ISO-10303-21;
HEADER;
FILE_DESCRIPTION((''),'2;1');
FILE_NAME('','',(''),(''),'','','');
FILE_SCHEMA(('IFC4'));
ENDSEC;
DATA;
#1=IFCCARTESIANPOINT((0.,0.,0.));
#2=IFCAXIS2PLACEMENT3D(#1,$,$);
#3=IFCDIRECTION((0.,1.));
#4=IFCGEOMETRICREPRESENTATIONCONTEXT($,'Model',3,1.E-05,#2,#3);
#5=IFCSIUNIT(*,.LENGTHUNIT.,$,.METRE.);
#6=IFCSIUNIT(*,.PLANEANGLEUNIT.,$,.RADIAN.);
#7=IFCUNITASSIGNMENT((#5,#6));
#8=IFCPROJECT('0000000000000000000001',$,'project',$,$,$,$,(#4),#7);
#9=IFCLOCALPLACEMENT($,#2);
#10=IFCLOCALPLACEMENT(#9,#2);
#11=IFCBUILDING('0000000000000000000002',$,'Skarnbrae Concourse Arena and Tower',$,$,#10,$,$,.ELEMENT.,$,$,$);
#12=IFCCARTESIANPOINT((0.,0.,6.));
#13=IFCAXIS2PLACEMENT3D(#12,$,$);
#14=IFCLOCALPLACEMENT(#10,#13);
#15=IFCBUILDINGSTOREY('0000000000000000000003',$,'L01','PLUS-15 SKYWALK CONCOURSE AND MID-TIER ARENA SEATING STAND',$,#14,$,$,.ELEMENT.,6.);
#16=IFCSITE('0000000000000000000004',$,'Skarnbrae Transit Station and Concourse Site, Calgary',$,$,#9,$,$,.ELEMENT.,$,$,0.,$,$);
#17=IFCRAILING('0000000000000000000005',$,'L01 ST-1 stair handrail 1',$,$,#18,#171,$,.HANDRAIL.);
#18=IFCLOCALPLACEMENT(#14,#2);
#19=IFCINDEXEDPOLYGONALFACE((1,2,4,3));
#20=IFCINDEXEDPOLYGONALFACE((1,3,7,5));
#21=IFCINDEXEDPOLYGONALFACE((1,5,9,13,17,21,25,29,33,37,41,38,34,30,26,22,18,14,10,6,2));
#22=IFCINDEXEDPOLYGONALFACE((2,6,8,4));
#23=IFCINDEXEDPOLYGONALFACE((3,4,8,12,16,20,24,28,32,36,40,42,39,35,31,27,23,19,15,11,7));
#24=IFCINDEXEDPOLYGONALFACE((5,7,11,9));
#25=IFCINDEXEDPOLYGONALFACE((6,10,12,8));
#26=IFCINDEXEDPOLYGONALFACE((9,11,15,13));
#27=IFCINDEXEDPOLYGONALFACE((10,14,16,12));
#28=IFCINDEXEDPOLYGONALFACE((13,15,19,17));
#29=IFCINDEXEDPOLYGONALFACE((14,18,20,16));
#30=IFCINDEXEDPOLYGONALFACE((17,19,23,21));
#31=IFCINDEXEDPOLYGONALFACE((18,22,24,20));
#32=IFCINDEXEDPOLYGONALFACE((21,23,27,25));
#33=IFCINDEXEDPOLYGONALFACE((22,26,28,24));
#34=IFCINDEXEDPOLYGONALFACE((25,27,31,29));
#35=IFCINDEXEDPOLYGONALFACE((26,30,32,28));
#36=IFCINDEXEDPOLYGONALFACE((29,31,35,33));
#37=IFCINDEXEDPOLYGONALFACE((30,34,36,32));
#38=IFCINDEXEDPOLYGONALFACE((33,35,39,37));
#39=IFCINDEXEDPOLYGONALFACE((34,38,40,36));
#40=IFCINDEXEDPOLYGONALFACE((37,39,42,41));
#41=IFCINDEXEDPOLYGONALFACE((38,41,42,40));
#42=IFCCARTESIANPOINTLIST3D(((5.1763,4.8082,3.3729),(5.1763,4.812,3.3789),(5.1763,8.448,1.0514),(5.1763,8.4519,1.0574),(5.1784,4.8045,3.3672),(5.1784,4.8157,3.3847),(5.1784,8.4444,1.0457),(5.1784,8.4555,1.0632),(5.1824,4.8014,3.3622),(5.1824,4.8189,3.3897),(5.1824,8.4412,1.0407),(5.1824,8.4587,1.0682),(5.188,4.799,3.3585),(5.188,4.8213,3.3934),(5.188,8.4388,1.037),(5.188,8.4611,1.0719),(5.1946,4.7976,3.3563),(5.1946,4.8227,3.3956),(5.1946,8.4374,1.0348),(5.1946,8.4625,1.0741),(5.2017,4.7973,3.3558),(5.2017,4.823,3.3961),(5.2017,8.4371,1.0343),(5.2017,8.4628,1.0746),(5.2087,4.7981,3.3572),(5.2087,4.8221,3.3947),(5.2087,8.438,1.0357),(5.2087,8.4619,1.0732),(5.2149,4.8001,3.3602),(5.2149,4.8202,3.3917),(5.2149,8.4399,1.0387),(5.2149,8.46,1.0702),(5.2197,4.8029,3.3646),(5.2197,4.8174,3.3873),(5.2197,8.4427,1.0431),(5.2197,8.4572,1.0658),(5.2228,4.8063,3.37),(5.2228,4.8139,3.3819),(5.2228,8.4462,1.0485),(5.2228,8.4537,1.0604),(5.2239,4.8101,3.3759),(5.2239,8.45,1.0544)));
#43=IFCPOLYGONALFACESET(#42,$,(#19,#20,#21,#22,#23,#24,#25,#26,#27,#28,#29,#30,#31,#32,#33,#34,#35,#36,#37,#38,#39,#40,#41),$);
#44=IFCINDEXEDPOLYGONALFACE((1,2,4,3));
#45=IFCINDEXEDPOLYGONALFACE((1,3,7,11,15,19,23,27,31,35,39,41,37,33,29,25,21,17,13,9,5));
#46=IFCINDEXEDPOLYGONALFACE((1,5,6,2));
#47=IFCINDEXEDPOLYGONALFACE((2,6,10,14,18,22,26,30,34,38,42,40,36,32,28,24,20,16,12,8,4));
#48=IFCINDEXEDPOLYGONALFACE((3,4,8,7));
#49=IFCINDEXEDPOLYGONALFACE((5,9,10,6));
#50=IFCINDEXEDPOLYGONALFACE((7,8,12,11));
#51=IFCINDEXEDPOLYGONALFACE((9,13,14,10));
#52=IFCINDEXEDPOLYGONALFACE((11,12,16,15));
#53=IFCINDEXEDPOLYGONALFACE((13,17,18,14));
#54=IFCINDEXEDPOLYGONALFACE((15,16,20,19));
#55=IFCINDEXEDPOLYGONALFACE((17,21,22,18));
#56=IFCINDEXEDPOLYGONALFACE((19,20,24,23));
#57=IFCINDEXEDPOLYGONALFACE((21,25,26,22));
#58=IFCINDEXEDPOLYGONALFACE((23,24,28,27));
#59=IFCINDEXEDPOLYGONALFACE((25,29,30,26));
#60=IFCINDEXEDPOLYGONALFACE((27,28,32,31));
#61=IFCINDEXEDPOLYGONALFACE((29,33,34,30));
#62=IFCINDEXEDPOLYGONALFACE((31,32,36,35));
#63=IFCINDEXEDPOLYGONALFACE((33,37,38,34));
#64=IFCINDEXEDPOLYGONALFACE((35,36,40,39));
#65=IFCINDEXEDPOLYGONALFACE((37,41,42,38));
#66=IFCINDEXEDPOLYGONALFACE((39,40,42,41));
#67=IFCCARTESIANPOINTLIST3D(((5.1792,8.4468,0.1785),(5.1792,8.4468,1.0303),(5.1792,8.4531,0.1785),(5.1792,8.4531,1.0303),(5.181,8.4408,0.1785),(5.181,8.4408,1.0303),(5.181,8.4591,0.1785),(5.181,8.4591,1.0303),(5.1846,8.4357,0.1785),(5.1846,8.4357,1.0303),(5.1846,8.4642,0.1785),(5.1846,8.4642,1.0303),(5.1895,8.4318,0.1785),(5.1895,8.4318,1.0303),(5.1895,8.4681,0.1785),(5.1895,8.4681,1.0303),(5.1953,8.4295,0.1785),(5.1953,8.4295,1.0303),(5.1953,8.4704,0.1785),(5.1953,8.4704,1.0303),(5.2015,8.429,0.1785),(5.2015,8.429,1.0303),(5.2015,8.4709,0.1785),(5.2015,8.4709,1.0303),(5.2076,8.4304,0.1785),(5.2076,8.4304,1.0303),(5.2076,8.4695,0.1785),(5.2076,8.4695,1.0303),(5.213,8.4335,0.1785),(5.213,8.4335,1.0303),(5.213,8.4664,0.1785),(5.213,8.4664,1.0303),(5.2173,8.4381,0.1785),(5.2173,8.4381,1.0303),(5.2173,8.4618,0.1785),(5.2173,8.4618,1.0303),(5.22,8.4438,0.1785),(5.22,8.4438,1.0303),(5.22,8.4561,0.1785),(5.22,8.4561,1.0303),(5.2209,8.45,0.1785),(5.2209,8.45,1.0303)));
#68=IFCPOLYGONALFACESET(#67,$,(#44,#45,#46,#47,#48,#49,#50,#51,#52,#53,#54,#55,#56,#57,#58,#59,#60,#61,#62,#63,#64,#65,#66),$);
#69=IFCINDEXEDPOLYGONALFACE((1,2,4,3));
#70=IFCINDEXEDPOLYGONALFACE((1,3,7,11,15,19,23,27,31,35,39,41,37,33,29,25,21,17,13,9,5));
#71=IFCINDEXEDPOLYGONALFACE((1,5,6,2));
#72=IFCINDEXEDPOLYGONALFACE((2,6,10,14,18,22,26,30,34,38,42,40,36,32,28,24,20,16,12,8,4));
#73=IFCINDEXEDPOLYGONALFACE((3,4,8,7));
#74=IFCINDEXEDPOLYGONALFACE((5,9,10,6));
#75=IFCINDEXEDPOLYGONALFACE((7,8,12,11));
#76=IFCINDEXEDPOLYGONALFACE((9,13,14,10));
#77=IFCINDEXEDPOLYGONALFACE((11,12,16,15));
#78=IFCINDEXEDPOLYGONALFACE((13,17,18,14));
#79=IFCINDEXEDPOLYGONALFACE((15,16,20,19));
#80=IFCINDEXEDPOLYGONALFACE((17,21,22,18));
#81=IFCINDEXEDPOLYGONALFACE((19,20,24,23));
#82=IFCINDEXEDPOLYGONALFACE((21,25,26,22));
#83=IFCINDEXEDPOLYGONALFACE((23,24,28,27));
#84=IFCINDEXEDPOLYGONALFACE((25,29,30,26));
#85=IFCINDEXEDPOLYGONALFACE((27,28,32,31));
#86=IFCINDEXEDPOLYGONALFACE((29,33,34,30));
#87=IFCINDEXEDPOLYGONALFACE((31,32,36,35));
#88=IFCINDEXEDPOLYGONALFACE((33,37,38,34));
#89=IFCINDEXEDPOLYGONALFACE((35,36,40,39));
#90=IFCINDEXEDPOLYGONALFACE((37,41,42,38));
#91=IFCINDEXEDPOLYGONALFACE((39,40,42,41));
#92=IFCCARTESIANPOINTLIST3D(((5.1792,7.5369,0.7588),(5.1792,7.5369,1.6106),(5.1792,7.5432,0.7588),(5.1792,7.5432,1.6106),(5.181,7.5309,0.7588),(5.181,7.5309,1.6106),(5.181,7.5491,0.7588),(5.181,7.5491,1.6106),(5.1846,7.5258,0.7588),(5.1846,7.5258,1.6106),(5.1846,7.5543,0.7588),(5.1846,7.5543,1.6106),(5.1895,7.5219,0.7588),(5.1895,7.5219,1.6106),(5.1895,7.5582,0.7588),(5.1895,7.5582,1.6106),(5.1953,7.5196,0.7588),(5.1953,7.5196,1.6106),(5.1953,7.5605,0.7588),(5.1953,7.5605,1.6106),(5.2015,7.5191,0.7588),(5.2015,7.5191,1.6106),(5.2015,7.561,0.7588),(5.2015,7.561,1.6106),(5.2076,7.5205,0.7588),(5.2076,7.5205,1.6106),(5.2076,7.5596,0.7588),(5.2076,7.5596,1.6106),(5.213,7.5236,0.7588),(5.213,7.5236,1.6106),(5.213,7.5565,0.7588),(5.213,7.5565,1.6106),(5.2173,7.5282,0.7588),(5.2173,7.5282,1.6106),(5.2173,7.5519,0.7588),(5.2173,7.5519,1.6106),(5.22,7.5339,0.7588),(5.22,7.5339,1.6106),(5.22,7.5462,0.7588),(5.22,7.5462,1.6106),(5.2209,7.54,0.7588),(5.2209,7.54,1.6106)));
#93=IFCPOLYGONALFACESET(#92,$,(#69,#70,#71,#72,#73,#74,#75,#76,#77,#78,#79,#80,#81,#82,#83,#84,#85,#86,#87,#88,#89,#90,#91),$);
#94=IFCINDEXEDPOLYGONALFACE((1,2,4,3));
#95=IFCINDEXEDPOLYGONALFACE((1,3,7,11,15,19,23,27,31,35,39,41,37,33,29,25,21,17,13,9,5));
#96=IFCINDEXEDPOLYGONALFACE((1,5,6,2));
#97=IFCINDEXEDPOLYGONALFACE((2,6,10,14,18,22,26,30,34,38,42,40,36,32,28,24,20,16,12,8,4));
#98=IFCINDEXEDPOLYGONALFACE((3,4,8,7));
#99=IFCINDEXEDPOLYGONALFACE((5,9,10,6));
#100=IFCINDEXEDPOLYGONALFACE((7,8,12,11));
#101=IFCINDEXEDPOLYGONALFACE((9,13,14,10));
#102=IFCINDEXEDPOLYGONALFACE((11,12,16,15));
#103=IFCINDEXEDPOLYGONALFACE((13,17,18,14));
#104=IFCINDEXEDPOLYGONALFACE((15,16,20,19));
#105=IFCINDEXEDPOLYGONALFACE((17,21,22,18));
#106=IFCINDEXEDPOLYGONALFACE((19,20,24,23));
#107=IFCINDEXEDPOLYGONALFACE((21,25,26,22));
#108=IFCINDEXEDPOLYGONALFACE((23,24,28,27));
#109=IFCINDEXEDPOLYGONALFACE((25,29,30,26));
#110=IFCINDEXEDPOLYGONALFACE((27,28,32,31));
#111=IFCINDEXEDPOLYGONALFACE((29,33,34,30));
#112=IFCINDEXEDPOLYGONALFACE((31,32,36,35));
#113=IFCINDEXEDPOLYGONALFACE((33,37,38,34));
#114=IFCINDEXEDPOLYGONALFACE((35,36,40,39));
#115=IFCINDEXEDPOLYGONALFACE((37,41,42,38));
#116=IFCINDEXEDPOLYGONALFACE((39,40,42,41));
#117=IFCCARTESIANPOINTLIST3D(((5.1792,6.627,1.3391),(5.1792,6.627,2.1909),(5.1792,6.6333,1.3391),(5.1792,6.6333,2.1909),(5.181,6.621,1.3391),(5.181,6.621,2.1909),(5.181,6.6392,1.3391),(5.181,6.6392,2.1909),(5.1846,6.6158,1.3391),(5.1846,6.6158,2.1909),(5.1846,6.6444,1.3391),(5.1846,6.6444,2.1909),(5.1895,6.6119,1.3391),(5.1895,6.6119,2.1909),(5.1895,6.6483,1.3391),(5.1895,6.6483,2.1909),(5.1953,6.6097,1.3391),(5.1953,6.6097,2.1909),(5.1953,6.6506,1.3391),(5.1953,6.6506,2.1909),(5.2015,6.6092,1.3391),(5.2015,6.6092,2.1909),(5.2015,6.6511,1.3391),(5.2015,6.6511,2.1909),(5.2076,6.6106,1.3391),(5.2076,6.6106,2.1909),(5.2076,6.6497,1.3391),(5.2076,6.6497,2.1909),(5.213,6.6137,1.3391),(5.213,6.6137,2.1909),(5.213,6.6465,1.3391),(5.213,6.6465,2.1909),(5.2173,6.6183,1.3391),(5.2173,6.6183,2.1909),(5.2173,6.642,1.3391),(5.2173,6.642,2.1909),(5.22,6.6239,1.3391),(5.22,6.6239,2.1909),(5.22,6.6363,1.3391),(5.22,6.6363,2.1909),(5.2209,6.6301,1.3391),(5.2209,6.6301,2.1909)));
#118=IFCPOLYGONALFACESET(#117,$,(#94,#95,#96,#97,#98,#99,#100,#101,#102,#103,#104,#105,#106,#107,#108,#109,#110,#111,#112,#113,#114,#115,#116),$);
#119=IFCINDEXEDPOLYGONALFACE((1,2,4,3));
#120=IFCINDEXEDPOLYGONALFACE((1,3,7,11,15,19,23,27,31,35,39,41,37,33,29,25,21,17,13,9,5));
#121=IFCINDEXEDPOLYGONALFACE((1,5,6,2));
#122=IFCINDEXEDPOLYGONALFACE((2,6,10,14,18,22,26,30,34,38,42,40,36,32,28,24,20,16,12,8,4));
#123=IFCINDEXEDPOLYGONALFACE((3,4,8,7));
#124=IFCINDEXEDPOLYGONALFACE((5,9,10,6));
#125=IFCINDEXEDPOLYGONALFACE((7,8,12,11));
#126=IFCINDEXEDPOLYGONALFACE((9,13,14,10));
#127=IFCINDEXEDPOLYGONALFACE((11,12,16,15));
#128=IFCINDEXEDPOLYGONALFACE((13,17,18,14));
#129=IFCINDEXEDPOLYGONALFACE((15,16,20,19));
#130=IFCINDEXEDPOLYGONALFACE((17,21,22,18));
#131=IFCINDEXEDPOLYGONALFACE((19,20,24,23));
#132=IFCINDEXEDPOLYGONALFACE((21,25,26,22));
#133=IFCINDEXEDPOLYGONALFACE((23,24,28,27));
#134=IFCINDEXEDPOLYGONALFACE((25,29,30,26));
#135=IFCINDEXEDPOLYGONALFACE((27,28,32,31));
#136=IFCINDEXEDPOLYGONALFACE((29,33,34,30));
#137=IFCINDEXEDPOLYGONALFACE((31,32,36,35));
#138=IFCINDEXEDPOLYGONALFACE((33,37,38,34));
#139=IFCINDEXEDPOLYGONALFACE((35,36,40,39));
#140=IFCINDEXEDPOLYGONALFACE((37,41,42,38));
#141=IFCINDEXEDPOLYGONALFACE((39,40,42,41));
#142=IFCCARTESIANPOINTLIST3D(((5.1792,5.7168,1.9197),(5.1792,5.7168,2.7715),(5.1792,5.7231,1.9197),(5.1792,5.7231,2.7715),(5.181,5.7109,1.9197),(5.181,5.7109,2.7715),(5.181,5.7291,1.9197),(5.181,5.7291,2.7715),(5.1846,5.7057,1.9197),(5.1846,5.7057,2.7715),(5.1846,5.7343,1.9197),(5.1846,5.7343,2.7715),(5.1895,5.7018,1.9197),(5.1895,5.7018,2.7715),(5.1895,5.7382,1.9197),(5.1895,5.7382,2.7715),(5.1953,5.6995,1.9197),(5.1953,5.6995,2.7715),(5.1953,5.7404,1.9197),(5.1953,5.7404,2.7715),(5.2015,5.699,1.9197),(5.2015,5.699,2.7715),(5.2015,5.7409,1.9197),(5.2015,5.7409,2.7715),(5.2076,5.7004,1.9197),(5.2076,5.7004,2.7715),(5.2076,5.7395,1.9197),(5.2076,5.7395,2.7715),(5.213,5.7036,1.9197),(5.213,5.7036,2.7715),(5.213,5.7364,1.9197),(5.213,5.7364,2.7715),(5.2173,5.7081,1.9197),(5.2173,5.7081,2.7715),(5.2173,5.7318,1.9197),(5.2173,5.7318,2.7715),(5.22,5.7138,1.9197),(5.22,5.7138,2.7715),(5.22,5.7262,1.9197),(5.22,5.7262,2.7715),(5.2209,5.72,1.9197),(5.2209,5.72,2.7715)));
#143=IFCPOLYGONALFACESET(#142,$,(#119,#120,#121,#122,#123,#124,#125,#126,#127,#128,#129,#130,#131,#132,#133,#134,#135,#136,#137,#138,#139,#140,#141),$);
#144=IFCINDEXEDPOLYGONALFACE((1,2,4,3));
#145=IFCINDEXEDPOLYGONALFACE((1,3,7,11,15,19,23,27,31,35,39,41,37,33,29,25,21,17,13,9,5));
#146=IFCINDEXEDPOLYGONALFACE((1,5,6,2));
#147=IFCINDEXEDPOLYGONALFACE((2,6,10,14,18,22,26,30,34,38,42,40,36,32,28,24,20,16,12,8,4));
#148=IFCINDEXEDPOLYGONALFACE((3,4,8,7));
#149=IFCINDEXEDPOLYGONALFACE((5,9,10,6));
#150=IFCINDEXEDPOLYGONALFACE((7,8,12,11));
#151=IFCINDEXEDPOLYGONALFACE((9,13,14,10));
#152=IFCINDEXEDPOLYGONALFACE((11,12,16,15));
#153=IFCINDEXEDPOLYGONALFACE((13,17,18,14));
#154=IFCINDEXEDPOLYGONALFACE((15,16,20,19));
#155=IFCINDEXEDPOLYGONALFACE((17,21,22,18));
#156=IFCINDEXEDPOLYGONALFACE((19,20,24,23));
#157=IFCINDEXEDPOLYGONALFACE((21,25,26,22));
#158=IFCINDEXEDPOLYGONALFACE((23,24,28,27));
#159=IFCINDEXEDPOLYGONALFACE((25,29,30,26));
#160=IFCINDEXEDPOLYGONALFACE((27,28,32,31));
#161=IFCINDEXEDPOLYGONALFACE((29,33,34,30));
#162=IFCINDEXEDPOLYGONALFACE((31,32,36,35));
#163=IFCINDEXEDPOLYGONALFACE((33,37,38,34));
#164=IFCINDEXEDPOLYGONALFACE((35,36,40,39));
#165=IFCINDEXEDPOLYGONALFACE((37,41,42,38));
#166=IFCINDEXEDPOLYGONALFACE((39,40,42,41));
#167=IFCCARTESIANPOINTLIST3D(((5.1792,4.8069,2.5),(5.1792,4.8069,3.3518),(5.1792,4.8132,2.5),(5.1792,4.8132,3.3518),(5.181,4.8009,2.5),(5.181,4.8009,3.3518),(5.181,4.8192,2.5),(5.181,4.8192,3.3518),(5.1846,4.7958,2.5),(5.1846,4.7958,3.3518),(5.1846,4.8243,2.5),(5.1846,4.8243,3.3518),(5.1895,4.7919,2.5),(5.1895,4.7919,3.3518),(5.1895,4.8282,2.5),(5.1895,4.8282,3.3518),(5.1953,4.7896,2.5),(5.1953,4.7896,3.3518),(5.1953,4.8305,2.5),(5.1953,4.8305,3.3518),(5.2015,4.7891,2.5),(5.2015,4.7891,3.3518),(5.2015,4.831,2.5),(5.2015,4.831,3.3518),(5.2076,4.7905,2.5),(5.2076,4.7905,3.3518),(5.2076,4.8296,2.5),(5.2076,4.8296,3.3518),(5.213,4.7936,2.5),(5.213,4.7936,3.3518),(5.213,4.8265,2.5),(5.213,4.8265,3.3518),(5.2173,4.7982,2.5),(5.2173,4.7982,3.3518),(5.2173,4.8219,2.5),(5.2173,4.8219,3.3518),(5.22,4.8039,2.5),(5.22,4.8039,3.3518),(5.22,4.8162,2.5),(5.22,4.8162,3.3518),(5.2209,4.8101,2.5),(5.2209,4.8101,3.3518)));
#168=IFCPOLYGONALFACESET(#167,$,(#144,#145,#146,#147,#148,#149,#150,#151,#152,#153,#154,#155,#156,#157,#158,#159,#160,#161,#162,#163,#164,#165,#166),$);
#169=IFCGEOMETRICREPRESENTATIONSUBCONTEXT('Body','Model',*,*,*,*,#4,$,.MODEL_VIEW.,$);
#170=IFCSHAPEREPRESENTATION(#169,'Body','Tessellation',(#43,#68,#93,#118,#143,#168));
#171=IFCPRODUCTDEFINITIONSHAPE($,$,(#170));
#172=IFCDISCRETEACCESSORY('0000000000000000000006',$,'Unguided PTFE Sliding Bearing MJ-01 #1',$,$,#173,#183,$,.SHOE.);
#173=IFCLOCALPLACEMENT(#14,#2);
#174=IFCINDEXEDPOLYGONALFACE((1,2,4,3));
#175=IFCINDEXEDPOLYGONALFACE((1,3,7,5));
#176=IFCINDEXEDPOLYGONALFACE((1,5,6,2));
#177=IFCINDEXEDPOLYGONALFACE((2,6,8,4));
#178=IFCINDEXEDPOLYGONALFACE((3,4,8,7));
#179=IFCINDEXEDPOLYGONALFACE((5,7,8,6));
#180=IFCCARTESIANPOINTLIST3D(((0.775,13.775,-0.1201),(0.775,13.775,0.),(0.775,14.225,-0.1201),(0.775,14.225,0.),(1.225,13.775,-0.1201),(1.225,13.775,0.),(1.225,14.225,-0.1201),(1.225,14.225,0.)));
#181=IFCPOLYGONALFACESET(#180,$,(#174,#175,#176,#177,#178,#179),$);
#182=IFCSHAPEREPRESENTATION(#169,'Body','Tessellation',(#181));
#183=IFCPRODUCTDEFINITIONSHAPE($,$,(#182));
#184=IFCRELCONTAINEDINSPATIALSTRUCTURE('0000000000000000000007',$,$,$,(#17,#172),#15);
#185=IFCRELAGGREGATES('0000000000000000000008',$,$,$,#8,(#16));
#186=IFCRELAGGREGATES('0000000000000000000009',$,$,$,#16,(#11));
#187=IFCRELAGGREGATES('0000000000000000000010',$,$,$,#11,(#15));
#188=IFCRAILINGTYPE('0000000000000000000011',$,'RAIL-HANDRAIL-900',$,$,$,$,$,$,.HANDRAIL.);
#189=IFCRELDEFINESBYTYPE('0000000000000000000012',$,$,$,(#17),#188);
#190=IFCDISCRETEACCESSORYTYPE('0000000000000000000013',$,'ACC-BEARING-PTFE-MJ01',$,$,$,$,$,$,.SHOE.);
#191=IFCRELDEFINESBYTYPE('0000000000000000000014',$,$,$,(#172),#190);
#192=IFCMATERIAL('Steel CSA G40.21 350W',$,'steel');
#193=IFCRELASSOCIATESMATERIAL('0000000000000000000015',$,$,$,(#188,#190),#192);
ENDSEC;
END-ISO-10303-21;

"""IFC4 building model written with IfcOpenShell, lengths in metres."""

from ifc_helpers import new_model, si_unit, direction, frame, origin, origin_2d, place, context, subcontext, project, spatial, rectangle, circle, extrude, source, transform, mapped, material, type_object, element, save


model = new_model("IFC4")

# Units and contexts
model_context = context("Model", 3, precision=1e-05, world=origin(), true_north=direction((0.0, 1.0)))
body_context = subcontext(model_context, "Body", "Model", "MODEL_VIEW")
ifc_project = project(units=[si_unit("LENGTHUNIT", "METRE"), si_unit("PLANEANGLEUNIT", "RADIAN")], contexts=[model_context])

# Site, building, storey
site_placement = place(None, origin())
site = spatial("IfcSite", under=ifc_project, at=site_placement, Name="Skarnbrae Transit Station and Concourse Site, Calgary", CompositionType="ELEMENT", RefElevation=0.0)
building_placement = place(site_placement, origin())
building = spatial("IfcBuilding", under=site, at=building_placement, Name="Skarnbrae Concourse Arena and Tower", CompositionType="ELEMENT")
storey_placement = place(building_placement, frame((0.0, 0.0, 6.0)))
storey = spatial("IfcBuildingStorey", under=building, at=storey_placement, Name="L01", Description="PLUS-15 SKYWALK CONCOURSE AND MID-TIER ARENA SEATING STAND", CompositionType="ELEMENT", Elevation=6.0)

# Shared definitions
ifc_material_1 = material(Name="Steel CSA G40.21 350W", Category="steel")

# Railing
railing_type = type_object("IfcRailingType", Name="RAIL-HANDRAIL-900", PredefinedType="HANDRAIL", material=ifc_material_1)
railing_placement = place(storey_placement, frame((5.2, 8.45, 0.1785)))
element("IfcRailing", 1, at=railing_placement, inside=storey, type_object=railing_type, Name="L01 ST-1 stair handrail 1", PredefinedType="HANDRAIL", context=body_context, shape_type="SweptSolid", body=[
    extrude(circle(Radius=0.0239, at=origin_2d()), frame((0.0, 0.0, 0.876), z_axis=(0.0, -0.843112, 0.537739), x_axis=(1.0, 0.0, 0.0)), (0.0, 0.0, 1.0), 4.3171),
    extrude(circle(Radius=0.021, at=origin_2d()), origin(), (0.0, 0.0, 1.0), 0.8518),
    extrude(circle(Radius=0.021, at=origin_2d()), frame((0.0, -0.9099, 0.5803)), (0.0, 0.0, 1.0), 0.8518),
    extrude(circle(Radius=0.021, at=origin_2d()), frame((0.0, -1.8198, 1.1606)), (0.0, 0.0, 1.0), 0.8518),
    extrude(circle(Radius=0.021, at=origin_2d()), frame((0.0, -2.73, 1.7412)), (0.0, 0.0, 1.0), 0.8518),
    extrude(circle(Radius=0.021, at=origin_2d()), frame((0.0, -3.6399, 2.3215)), (0.0, 0.0, 1.0), 0.8518),
])

# Discrete accessory
discrete_accessory_type = type_object("IfcDiscreteAccessoryType", Name="ACC-BEARING-PTFE-MJ01", PredefinedType="SHOE", material=ifc_material_1)
shared_shape_1 = source(origin(), body_context, "Body", "SweptSolid", [
    extrude(rectangle(XDim=0.45, YDim=0.45, at=origin_2d()), origin(), (0.0, 0.0, 1.0), 0.1201),
])
discrete_accessory_placement = place(storey_placement, frame((1.0, 14.0, -0.1201), z_axis=(0.0, 0.0, 1.0), x_axis=(1.0, 0.0, 0.0)))
element("IfcDiscreteAccessory", 2, at=discrete_accessory_placement, inside=storey, type_object=discrete_accessory_type, Name="Unguided PTFE Sliding Bearing MJ-01 #1", PredefinedType="SHOE", context=body_context, shape_type="MappedRepresentation", body=[
    mapped(shared_shape_1, transform((0.0, 0.0, 0.0))),
])

save(model, "model.ifc")
